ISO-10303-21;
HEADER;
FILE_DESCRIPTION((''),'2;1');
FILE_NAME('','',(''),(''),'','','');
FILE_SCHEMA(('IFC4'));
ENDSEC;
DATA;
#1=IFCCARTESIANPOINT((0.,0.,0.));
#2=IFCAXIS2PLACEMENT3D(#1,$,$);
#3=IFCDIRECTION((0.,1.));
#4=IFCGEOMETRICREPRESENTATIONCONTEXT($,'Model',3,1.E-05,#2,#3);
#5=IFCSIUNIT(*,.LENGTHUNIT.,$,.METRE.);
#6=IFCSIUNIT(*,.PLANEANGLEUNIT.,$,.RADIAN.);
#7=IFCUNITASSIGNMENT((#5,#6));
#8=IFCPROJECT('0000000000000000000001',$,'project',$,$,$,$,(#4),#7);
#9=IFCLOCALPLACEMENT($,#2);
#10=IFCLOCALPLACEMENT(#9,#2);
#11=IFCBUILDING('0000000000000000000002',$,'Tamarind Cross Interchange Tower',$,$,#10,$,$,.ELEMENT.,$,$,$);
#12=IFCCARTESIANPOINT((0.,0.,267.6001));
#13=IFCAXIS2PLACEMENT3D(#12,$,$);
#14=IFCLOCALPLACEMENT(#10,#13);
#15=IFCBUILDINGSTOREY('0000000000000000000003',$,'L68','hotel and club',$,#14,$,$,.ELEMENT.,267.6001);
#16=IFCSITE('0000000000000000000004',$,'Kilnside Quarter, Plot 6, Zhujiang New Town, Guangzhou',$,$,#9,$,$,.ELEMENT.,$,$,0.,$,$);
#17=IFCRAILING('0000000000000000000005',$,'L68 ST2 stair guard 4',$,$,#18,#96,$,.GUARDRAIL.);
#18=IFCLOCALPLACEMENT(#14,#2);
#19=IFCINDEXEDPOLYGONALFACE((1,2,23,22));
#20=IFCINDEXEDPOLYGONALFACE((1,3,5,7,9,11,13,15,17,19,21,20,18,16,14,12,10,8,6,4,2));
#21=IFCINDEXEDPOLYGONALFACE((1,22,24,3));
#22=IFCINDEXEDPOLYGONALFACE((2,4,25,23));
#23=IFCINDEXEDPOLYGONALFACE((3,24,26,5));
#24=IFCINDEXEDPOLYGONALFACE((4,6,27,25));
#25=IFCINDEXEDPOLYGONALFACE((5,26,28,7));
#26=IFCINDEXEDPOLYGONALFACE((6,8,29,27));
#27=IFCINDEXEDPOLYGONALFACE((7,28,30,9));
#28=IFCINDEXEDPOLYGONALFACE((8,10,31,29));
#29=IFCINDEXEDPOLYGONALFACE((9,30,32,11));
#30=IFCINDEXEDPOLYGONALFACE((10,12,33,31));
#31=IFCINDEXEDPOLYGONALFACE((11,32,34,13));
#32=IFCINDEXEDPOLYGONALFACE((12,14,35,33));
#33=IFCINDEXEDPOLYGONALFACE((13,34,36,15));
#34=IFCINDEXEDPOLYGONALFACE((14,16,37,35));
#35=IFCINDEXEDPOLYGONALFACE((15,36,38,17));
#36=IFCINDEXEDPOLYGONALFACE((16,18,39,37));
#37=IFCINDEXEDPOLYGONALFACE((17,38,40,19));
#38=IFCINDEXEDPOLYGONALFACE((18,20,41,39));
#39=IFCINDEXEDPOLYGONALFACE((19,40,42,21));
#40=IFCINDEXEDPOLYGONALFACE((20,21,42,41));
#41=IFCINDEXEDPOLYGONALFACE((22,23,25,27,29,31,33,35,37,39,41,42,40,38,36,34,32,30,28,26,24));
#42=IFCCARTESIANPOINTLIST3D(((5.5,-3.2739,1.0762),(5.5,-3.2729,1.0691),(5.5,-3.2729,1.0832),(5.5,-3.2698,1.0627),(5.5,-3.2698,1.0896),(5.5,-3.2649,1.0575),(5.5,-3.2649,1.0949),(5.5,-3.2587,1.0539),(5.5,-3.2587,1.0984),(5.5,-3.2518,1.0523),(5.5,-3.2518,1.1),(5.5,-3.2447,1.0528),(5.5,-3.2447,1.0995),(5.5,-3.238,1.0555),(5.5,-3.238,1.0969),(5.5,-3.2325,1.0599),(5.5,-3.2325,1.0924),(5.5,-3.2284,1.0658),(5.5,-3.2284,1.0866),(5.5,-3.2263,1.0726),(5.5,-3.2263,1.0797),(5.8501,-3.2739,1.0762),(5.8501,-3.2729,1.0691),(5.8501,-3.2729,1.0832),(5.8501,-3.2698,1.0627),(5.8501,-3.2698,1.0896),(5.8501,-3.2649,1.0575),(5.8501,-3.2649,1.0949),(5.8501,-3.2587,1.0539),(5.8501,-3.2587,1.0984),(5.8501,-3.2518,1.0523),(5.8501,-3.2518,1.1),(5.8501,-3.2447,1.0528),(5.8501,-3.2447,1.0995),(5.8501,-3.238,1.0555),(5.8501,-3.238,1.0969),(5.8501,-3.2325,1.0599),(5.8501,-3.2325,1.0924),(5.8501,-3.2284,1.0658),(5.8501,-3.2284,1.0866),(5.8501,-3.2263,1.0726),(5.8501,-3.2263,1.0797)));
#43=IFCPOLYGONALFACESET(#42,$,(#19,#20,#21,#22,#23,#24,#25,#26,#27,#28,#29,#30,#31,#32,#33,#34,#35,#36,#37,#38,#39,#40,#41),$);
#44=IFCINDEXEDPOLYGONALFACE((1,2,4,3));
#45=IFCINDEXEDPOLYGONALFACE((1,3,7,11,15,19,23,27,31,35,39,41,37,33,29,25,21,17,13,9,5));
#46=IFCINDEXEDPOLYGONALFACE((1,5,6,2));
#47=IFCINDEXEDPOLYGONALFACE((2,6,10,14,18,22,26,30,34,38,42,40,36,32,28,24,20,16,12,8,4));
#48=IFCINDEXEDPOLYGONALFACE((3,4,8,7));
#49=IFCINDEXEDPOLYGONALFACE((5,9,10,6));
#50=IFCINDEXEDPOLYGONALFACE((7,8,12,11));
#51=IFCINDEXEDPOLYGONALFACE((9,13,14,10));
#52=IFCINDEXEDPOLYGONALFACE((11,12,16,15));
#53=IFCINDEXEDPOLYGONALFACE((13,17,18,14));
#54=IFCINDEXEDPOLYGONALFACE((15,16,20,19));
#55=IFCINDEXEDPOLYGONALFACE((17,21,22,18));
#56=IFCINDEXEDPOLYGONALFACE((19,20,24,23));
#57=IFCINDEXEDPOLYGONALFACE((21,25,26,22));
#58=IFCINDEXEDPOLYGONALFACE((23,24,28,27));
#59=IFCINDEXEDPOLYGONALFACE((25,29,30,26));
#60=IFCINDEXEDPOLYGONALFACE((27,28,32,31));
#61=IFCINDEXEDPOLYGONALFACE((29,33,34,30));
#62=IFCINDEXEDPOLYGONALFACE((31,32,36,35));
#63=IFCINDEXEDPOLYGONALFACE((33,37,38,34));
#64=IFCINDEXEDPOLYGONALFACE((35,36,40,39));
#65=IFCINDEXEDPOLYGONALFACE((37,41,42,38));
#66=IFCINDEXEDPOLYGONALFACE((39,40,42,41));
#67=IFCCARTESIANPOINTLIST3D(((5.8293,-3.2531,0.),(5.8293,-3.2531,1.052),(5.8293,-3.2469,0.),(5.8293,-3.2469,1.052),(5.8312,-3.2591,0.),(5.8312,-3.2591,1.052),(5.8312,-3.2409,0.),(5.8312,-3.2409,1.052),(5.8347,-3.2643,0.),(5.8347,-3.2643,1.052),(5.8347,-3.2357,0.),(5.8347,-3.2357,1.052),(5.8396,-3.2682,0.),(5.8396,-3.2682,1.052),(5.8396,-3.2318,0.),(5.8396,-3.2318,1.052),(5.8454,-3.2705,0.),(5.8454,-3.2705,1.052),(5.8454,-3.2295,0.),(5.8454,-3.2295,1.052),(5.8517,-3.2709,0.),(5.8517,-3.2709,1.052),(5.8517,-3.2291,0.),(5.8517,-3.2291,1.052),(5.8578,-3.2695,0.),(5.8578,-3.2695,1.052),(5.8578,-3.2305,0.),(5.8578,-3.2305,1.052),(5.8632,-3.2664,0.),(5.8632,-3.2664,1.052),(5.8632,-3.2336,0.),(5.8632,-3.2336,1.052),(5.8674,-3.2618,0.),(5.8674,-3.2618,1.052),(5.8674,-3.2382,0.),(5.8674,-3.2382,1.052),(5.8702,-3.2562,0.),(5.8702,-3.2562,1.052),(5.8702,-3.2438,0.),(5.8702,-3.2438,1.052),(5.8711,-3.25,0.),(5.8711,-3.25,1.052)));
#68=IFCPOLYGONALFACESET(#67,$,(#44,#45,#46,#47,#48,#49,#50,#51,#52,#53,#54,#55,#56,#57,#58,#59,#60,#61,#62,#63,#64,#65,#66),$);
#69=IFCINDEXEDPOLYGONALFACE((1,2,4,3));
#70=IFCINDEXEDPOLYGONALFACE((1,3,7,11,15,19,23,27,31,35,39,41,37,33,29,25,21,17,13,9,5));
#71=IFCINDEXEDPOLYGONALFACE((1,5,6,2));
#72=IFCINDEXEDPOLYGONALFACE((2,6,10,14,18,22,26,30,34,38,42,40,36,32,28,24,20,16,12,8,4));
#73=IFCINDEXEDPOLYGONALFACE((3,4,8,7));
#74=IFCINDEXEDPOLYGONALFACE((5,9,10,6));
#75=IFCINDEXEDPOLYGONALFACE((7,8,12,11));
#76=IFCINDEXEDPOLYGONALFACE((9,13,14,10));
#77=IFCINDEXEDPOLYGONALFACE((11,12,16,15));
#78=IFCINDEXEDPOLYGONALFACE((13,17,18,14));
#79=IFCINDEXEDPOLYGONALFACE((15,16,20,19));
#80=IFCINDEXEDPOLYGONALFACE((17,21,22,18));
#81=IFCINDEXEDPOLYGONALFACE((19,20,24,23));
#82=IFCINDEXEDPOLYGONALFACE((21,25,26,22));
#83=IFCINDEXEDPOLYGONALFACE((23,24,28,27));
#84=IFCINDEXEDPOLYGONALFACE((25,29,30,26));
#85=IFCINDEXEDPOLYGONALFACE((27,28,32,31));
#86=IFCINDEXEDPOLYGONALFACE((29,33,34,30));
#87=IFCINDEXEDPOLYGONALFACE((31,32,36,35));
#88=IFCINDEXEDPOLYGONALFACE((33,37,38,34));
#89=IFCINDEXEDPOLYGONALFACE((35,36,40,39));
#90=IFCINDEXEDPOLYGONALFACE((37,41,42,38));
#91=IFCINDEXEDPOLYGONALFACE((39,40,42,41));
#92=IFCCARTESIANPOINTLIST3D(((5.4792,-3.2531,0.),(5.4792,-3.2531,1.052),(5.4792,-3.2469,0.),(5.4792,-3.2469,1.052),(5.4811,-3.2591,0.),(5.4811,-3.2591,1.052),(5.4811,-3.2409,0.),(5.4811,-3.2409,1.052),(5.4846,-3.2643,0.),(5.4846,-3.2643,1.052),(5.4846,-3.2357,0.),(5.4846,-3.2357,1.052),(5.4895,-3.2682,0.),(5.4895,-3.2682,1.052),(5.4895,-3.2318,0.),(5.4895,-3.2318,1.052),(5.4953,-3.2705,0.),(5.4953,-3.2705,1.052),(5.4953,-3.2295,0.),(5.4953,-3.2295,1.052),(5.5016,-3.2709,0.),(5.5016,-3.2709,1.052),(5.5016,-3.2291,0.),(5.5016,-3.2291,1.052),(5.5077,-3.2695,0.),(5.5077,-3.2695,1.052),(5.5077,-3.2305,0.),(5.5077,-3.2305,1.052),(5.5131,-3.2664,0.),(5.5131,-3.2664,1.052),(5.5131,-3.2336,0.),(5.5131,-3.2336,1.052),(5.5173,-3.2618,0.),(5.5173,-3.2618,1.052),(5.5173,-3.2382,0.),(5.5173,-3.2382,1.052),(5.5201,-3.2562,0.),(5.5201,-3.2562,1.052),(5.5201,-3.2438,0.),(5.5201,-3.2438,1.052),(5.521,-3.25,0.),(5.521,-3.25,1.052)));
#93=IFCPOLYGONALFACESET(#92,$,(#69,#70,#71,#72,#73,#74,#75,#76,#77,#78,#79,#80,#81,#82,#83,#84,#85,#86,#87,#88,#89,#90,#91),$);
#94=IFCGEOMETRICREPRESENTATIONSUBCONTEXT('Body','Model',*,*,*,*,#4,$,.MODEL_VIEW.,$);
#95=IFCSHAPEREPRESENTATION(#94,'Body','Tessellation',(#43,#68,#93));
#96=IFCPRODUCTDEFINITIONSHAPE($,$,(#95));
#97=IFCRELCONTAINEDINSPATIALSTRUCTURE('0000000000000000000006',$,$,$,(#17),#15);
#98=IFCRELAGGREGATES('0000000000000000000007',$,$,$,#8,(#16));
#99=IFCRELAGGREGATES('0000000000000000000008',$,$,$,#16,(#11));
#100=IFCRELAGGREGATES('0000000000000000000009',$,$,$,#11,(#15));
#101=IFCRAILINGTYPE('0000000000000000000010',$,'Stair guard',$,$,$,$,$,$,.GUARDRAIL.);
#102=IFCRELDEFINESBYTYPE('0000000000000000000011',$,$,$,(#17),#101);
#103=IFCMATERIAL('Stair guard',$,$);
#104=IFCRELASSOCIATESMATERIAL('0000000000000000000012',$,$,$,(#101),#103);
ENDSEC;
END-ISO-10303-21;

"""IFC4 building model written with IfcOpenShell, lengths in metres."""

from ifc_helpers import new_model, si_unit, direction, frame, origin, origin_2d, place, context, subcontext, project, spatial, circle, extrude, material, type_object, element, save


model = new_model("IFC4")

# Units and contexts
model_context = context("Model", 3, precision=1e-05, world=origin(), true_north=direction((0.0, 1.0)))
body_context = subcontext(model_context, "Body", "Model", "MODEL_VIEW")
ifc_project = project(units=[si_unit("LENGTHUNIT", "METRE"), si_unit("PLANEANGLEUNIT", "RADIAN")], contexts=[model_context])

# Site, building, storey
site_placement = place(None, origin())
site = spatial("IfcSite", under=ifc_project, at=site_placement, Name="Kilnside Quarter, Plot 6, Zhujiang New Town, Guangzhou", CompositionType="ELEMENT", RefElevation=0.0)
building_placement = place(site_placement, origin())
building = spatial("IfcBuilding", under=site, at=building_placement, Name="Tamarind Cross Interchange Tower", CompositionType="ELEMENT")
storey_placement = place(building_placement, frame((0.0, 0.0, 267.6001)))
storey = spatial("IfcBuildingStorey", under=building, at=storey_placement, Name="L68", Description="hotel and club", CompositionType="ELEMENT", Elevation=267.6001)

# Railing
ifc_material_1 = material(Name="Stair guard")
railing_type_1 = type_object("IfcRailingType", Name="Stair guard", PredefinedType="GUARDRAIL", material=ifc_material_1)
railing_1_placement = place(storey_placement, frame((5.8501, -3.25, 0.0)))
element("IfcRailing", 1, at=railing_1_placement, inside=storey, type_object=railing_type_1, Name="L68 ST2 stair guard 4", PredefinedType="GUARDRAIL", context=body_context, shape_type="SweptSolid", body=[
    extrude(circle(Radius=0.0239, at=origin_2d()), frame((0.0, 0.0, 1.0762), z_axis=(-1.0, 0.0, 0.0), x_axis=(0.0, -1.0, 0.0)), (0.0, 0.0, 1.0), 0.3501),
    extrude(circle(Radius=0.021, at=origin_2d()), origin(), (0.0, 0.0, 1.0), 1.052),
    extrude(circle(Radius=0.021, at=origin_2d()), frame((-0.3501, 0.0, 0.0)), (0.0, 0.0, 1.0), 1.052),
])

save(model, "model.ifc")
